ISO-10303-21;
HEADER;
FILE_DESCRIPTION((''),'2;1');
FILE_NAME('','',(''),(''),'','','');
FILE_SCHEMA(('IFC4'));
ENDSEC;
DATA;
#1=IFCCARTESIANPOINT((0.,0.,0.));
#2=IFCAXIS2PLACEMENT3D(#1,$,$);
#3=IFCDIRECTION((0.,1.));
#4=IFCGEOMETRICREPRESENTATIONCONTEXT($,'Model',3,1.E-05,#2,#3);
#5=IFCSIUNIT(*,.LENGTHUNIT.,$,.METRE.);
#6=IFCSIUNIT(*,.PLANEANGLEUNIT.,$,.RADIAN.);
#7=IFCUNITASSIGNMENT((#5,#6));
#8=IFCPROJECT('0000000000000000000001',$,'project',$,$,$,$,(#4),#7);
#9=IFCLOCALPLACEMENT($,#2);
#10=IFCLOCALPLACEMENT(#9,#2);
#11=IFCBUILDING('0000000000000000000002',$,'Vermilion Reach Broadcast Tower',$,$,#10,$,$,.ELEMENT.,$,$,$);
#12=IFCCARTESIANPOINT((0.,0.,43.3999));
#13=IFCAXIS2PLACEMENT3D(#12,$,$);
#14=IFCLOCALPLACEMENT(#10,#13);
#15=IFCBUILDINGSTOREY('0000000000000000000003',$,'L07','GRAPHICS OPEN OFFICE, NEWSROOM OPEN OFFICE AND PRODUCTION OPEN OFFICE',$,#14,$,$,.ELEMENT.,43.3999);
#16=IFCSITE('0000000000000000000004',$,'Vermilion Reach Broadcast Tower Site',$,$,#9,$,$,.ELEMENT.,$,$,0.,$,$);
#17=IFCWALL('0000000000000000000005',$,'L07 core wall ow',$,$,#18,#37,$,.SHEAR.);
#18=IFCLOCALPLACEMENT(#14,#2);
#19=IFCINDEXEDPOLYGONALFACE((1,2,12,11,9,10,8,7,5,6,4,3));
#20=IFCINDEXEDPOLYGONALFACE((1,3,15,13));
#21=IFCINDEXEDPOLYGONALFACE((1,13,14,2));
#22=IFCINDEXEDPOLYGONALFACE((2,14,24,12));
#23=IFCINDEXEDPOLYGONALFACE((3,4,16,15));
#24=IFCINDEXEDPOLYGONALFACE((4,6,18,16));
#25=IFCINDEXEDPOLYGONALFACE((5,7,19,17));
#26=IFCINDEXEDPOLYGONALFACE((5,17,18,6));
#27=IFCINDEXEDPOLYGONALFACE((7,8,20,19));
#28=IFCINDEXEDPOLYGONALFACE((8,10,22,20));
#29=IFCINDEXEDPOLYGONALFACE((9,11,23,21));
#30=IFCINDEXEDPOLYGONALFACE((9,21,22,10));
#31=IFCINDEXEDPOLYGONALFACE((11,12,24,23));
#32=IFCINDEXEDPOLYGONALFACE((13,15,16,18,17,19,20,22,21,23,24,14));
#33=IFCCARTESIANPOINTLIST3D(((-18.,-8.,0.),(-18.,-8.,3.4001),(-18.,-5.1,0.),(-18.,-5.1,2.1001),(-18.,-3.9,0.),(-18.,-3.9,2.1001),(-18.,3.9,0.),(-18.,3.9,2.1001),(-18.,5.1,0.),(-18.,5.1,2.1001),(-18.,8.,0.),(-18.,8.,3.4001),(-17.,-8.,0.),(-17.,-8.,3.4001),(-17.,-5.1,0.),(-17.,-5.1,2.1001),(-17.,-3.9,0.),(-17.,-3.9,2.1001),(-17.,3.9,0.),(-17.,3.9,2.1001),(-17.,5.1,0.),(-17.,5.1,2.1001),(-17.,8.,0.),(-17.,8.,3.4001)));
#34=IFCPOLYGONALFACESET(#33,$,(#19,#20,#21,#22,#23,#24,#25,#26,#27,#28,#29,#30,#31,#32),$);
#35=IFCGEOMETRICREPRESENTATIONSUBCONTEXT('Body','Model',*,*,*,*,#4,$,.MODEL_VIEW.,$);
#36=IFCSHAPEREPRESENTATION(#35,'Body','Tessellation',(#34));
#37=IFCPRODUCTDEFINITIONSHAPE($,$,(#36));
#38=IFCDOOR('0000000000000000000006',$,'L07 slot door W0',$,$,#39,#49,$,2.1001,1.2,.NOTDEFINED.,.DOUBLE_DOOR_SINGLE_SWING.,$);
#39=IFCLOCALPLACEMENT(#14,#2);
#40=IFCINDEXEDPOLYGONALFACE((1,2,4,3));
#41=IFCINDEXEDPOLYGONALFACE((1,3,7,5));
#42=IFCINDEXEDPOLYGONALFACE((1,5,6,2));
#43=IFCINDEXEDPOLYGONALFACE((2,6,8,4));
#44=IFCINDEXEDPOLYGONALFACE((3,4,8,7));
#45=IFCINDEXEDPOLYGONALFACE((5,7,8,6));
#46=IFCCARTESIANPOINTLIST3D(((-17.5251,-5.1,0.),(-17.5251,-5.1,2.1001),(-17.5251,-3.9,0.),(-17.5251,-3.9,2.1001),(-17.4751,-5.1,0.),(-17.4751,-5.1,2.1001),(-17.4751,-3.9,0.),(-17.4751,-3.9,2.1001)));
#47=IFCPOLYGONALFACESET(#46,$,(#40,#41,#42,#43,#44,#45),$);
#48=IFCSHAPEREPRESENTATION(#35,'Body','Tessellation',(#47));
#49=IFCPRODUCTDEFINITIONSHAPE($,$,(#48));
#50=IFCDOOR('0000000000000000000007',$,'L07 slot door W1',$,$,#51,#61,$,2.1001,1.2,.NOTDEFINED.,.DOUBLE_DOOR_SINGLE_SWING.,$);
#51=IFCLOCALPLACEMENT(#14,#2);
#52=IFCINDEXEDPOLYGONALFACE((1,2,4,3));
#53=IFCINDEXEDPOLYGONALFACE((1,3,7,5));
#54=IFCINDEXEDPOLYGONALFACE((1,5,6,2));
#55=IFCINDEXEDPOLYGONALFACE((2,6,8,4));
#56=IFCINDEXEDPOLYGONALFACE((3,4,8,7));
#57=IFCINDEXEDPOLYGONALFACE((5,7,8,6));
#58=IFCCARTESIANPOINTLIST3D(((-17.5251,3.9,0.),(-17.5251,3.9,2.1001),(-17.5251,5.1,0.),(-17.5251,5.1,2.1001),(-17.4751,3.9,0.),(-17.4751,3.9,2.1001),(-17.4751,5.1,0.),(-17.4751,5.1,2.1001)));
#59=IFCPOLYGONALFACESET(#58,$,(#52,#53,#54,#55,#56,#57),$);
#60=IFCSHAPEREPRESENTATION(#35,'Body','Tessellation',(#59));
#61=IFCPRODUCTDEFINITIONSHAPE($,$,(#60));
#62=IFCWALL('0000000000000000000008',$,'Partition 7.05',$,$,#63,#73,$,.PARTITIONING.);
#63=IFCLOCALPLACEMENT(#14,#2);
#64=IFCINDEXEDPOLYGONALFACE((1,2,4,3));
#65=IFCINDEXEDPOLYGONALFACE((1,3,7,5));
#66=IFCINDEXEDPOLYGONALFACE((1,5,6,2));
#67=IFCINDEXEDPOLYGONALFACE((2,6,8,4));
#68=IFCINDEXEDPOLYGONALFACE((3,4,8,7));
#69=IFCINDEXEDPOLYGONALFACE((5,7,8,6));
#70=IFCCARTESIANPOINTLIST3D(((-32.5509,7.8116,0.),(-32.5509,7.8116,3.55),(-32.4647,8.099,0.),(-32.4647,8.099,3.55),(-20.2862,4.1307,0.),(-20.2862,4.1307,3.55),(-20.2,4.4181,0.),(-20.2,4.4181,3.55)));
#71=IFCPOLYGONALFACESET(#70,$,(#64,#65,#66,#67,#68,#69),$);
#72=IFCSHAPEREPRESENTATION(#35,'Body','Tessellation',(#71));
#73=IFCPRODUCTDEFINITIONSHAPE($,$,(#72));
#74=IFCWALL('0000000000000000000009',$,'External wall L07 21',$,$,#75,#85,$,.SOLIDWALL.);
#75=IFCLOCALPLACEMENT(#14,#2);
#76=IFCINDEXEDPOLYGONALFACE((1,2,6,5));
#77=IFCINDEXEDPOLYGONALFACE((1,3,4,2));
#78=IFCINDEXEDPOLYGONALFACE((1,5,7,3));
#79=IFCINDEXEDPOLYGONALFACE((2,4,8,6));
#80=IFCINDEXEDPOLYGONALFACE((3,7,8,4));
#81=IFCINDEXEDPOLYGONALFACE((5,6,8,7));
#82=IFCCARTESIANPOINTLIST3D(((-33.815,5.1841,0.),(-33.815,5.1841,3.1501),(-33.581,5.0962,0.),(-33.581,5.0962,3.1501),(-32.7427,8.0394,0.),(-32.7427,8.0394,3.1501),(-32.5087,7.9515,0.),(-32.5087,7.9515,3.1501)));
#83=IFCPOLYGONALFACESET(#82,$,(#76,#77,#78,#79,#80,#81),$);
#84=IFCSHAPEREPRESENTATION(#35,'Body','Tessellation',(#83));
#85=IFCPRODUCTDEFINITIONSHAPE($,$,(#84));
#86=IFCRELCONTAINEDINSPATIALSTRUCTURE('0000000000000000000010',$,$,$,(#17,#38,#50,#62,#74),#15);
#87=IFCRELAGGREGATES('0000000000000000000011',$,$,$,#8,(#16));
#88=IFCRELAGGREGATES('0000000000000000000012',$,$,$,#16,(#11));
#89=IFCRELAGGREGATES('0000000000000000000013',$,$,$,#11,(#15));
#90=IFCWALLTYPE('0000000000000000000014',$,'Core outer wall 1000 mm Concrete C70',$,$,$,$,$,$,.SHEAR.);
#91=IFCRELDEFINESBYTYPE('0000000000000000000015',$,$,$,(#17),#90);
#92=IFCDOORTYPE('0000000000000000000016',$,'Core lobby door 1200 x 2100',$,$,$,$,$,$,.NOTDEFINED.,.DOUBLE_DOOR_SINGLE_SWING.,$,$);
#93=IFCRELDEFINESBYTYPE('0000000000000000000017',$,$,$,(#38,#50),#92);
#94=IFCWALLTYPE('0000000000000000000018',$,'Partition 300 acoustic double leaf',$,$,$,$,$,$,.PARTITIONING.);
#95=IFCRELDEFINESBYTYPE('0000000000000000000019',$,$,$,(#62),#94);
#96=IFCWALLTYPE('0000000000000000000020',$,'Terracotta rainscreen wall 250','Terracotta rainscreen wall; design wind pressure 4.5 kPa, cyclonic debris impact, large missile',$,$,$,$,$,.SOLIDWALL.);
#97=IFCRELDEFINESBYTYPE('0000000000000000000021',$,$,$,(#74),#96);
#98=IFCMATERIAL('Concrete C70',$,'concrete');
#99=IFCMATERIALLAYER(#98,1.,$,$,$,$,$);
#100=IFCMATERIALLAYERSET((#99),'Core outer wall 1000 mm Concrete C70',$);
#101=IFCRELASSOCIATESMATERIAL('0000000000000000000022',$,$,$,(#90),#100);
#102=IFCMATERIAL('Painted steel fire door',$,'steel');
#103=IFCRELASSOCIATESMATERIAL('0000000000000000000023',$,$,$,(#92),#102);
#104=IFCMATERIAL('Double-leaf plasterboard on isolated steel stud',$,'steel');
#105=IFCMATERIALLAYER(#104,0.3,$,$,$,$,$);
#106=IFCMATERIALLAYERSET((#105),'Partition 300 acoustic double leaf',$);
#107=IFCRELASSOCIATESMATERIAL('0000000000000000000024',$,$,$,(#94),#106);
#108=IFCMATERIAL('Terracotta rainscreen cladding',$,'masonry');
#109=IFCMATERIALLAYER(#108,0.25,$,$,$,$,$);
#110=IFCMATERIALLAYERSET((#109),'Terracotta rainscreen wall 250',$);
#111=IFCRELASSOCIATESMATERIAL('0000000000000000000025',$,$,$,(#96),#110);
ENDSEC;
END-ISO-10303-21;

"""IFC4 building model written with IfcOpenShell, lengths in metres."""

from ifc_helpers import new_model, si_unit, direction, frame, frame_2d, origin, place, context, subcontext, project, spatial, rectangle, extrude, material, layer, layer_set, type_object, element, fill, save


model = new_model("IFC4")

# Units and contexts
model_context = context("Model", 3, precision=1e-05, world=origin(), true_north=direction((0.0, 1.0)))
body_context = subcontext(model_context, "Body", "Model", "MODEL_VIEW")
ifc_project = project(units=[si_unit("LENGTHUNIT", "METRE"), si_unit("PLANEANGLEUNIT", "RADIAN")], contexts=[model_context])

# Site, building, storey
site_placement = place(None, origin())
site = spatial("IfcSite", under=ifc_project, at=site_placement, Name="Vermilion Reach Broadcast Tower Site", CompositionType="ELEMENT", RefElevation=0.0)
building_placement = place(site_placement, origin())
building = spatial("IfcBuilding", under=site, at=building_placement, Name="Vermilion Reach Broadcast Tower", CompositionType="ELEMENT")
storey_placement = place(building_placement, frame((0.0, 0.0, 43.3999)))
storey = spatial("IfcBuildingStorey", under=building, at=storey_placement, Name="L07", Description="GRAPHICS OPEN OFFICE, NEWSROOM OPEN OFFICE AND PRODUCTION OPEN OFFICE", CompositionType="ELEMENT", Elevation=43.3999)

# Wall, openings, doors
ifc_material_1 = material(Name="Concrete C70", Category="concrete")
ifc_layer_1 = layer(ifc_material_1, 1.0)
ifc_layer_set_1 = layer_set([ifc_layer_1], Name="Core outer wall 1000 mm Concrete C70")
wall_type_1 = type_object("IfcWallType", Name="Core outer wall 1000 mm Concrete C70", PredefinedType="SHEAR", material=ifc_layer_set_1)
wall_1_placement = place(storey_placement, frame((-17.5, 8.0, 0.0), z_axis=(0.0, 0.0, 1.0), x_axis=(0.0, -1.0, 0.0)))
wall_1 = element("IfcWall", 1, at=wall_1_placement, inside=storey, type_object=wall_type_1, Name="L07 core wall ow", PredefinedType="SHEAR", context=body_context, shape_type="SweptSolid", body=[
    extrude(rectangle(XDim=16.0, YDim=1.0, at=frame_2d((8.0, 0.0))), origin(), (0.0, 0.0, 1.0), 3.4001),
])
opening_1_placement = place(wall_1_placement, frame((11.8999, 0.0, 0.0)))
opening_1 = element("IfcOpeningElement", 2, at=opening_1_placement, cuts=wall_1, PredefinedType="OPENING", context=body_context, shape_type="SweptSolid", body=[
    extrude(rectangle(XDim=1.2, YDim=2.1001, at=frame_2d((0.6001, 1.05))), frame((0.0, 0.51, 0.0), z_axis=(0.0, -1.0, 0.0), x_axis=(1.0, 0.0, 0.0)), (0.0, 0.0, 1.0), 1.02),
])
opening_2_placement = place(wall_1_placement, frame((2.8999, 0.0, 0.0)))
opening_2 = element("IfcOpeningElement", 3, at=opening_2_placement, cuts=wall_1, PredefinedType="OPENING", context=body_context, shape_type="SweptSolid", body=[
    extrude(rectangle(XDim=1.2, YDim=2.1001, at=frame_2d((0.6001, 1.05))), frame((0.0, 0.51, 0.0), z_axis=(0.0, -1.0, 0.0), x_axis=(1.0, 0.0, 0.0)), (0.0, 0.0, 1.0), 1.02),
])
ifc_material_2 = material(Name="Painted steel fire door", Category="steel")
door_type = type_object("IfcDoorType", Name="Core lobby door 1200 x 2100", OperationType="DOUBLE_DOOR_SINGLE_SWING", PredefinedType="NOTDEFINED", material=ifc_material_2)
door_1_placement = place(opening_1_placement, origin())
door_1 = element("IfcDoor", 4, at=door_1_placement, inside=storey, type_object=door_type, Name="L07 slot door W0", OperationType="DOUBLE_DOOR_SINGLE_SWING", OverallHeight=2.1001, OverallWidth=1.2, PredefinedType="NOTDEFINED", context=body_context, shape_type="SweptSolid", body=[
    extrude(rectangle(XDim=1.2, YDim=2.1001, at=frame_2d((0.6001, 1.05))), frame((0.0, 0.0249, 0.0), z_axis=(0.0, -1.0, 0.0), x_axis=(1.0, 0.0, 0.0)), (0.0, 0.0, 1.0), 0.05),
])
fill(opening_1, door_1)
door_2_placement = place(opening_2_placement, origin())
door_2 = element("IfcDoor", 5, at=door_2_placement, inside=storey, type_object=door_type, Name="L07 slot door W1", OperationType="DOUBLE_DOOR_SINGLE_SWING", OverallHeight=2.1001, OverallWidth=1.2, PredefinedType="NOTDEFINED", context=body_context, shape_type="SweptSolid", body=[
    extrude(rectangle(XDim=1.2, YDim=2.1001, at=frame_2d((0.6001, 1.05))), frame((0.0, 0.0249, 0.0), z_axis=(0.0, -1.0, 0.0), x_axis=(1.0, 0.0, 0.0)), (0.0, 0.0, 1.0), 0.05),
])
fill(opening_2, door_2)

# Walls
ifc_material_3 = material(Name="Double-leaf plasterboard on isolated steel stud", Category="steel")
ifc_layer_2 = layer(ifc_material_3, 0.3)
ifc_layer_set_2 = layer_set([ifc_layer_2], Name="Partition 300 acoustic double leaf")
wall_type_2 = type_object("IfcWallType", Name="Partition 300 acoustic double leaf", PredefinedType="PARTITIONING", material=ifc_layer_set_2)
wall_2_placement = place(storey_placement, frame((-32.5078, 7.9553, 0.0), z_axis=(0.0, 0.0, 1.0), x_axis=(0.957794, -0.287456, 0.0)))
element("IfcWall", 6, at=wall_2_placement, inside=storey, type_object=wall_type_2, Name="Partition 7.05", PredefinedType="PARTITIONING", context=body_context, shape_type="SweptSolid", body=[
    extrude(rectangle(XDim=12.8052, YDim=0.3, at=frame_2d((6.4026, 0.0))), origin(), (0.0, 0.0, 1.0), 3.55),
])
ifc_material_4 = material(Name="Terracotta rainscreen cladding", Category="masonry")
ifc_layer_3 = layer(ifc_material_4, 0.25)
ifc_layer_set_3 = layer_set([ifc_layer_3], Name="Terracotta rainscreen wall 250")
wall_type_3 = type_object("IfcWallType", Name="Terracotta rainscreen wall 250", Description="Terracotta rainscreen wall; design wind pressure 4.5 kPa, cyclonic debris impact, large missile", PredefinedType="SOLIDWALL", material=ifc_layer_set_3)
wall_3_placement = place(storey_placement, frame((-32.6257, 7.9954, 0.0), z_axis=(0.0, 0.0, 1.0), x_axis=(-0.351571, -0.936161, 0.0)))
element("IfcWall", 7, at=wall_3_placement, inside=storey, type_object=wall_type_3, Name="External wall L07 21", PredefinedType="SOLIDWALL", context=body_context, shape_type="SweptSolid", body=[
    extrude(rectangle(XDim=3.05, YDim=0.25, at=frame_2d((1.5249, 0.0))), origin(), (0.0, 0.0, 1.0), 3.1501),
])

save(model, "model.ifc")
